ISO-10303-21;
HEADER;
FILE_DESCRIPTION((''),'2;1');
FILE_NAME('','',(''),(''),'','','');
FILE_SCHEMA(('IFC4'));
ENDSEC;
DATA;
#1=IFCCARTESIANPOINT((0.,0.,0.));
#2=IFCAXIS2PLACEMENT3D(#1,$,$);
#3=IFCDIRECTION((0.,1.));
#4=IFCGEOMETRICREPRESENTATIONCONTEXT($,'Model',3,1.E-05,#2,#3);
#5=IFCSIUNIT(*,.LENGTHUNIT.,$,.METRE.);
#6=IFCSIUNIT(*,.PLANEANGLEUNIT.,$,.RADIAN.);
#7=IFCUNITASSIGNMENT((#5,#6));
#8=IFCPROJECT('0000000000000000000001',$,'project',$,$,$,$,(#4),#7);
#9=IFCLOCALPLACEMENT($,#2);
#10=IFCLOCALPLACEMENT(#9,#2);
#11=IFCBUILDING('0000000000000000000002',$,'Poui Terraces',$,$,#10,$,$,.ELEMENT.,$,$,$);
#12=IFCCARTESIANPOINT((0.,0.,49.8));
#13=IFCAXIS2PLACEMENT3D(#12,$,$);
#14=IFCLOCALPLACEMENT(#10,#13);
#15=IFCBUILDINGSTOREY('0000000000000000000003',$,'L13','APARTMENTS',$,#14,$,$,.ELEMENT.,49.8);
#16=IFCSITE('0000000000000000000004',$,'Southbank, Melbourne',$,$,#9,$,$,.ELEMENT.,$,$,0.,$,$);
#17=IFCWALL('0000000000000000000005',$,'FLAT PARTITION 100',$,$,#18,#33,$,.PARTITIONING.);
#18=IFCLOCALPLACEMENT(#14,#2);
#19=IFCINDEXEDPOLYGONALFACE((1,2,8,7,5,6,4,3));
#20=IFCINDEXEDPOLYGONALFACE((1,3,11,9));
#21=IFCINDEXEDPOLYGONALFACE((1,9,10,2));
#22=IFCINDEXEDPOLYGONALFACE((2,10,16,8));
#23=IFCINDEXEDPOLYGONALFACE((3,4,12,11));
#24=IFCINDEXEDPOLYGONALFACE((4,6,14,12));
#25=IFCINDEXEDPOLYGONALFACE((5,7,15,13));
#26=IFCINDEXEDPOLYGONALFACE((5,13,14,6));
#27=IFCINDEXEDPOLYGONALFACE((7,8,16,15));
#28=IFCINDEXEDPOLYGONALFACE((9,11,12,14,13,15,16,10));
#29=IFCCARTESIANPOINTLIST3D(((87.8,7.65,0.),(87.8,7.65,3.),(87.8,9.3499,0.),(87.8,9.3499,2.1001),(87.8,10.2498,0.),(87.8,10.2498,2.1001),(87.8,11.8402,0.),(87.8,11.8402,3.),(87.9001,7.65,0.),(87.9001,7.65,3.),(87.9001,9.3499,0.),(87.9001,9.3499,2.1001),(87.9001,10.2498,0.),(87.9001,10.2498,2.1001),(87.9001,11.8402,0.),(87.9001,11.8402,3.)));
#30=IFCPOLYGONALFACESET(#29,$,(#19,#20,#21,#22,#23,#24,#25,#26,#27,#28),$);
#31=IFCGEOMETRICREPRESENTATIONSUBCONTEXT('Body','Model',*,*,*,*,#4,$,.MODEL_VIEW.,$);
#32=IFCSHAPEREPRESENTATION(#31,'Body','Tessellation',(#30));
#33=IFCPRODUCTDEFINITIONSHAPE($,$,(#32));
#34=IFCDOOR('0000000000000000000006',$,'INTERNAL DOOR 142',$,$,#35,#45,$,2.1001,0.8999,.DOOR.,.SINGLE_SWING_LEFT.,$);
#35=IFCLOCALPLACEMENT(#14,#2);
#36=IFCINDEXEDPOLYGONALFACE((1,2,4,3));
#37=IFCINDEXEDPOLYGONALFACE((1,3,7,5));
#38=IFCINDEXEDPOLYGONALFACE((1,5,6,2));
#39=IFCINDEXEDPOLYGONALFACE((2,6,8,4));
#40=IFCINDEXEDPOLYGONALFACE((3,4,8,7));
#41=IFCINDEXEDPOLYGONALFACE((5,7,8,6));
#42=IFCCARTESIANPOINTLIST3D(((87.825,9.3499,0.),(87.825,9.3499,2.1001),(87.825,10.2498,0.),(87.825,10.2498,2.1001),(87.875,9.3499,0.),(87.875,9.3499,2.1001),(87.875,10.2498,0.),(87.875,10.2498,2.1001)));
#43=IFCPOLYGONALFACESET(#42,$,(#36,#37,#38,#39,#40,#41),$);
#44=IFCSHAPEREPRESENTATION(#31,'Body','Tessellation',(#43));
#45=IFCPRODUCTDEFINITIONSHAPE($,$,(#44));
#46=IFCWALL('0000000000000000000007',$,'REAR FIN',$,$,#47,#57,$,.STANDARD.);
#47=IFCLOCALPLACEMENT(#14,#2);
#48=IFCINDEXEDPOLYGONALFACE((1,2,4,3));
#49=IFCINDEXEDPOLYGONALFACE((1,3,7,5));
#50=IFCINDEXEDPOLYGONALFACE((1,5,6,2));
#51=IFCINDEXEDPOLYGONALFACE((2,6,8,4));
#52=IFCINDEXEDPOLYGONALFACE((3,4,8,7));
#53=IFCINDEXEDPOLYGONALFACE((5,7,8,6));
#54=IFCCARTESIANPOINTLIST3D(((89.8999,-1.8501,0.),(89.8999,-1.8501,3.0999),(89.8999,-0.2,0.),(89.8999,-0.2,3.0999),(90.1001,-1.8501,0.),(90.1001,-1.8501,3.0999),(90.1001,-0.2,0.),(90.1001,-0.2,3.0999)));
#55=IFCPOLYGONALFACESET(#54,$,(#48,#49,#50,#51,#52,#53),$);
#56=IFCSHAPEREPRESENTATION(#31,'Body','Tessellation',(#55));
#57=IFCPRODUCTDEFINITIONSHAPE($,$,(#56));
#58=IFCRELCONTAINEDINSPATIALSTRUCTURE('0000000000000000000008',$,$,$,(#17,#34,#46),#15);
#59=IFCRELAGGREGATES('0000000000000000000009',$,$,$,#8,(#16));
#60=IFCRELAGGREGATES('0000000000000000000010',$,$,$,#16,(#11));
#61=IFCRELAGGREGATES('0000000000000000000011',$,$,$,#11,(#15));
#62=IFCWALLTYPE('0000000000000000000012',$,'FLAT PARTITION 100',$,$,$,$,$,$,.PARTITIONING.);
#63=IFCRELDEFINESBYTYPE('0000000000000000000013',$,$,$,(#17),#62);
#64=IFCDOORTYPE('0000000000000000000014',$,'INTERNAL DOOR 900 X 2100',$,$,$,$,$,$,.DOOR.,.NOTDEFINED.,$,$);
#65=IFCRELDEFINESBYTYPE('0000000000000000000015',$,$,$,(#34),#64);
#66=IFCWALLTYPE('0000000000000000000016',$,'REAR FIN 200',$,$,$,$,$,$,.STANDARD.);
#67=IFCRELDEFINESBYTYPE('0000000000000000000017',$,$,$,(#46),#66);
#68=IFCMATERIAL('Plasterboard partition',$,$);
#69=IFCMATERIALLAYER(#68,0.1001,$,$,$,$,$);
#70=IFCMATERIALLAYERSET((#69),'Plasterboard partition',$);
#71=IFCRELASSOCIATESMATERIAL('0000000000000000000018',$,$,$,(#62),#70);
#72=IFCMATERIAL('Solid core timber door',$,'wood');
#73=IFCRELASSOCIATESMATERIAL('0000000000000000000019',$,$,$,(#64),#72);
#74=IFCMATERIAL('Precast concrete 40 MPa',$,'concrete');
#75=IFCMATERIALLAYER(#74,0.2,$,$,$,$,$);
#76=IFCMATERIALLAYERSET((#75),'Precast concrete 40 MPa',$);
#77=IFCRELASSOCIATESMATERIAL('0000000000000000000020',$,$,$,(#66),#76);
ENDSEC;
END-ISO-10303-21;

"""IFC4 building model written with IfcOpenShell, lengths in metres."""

from ifc_helpers import new_model, si_unit, direction, frame, frame_2d, origin, place, context, subcontext, project, spatial, polyline, rectangle, outline, extrude, source, transform, mapped, material, layer, layer_set, type_object, element, fill, save


model = new_model("IFC4")

# Units and contexts
model_context = context("Model", 3, precision=1e-05, world=origin(), true_north=direction((0.0, 1.0)))
body_context = subcontext(model_context, "Body", "Model", "MODEL_VIEW")
ifc_project = project(units=[si_unit("LENGTHUNIT", "METRE"), si_unit("PLANEANGLEUNIT", "RADIAN")], contexts=[model_context])

# Site, building, storey
site_placement = place(None, origin())
site = spatial("IfcSite", under=ifc_project, at=site_placement, Name="Southbank, Melbourne", CompositionType="ELEMENT", RefElevation=0.0)
building_placement = place(site_placement, origin())
building = spatial("IfcBuilding", under=site, at=building_placement, Name="Poui Terraces", CompositionType="ELEMENT")
storey_placement = place(building_placement, frame((0.0, 0.0, 49.8)))
storey = spatial("IfcBuildingStorey", under=building, at=storey_placement, Name="L13", Description="APARTMENTS", CompositionType="ELEMENT", Elevation=49.8)

# Shared definitions
ifc_material_1 = material(Name="Precast concrete 40 MPa", Category="concrete")

# Shared definitions
ifc_material_2 = material(Name="Plasterboard partition")
ifc_layer_1 = layer(ifc_material_2, 0.1001)
ifc_layer_set_1 = layer_set([ifc_layer_1], Name="Plasterboard partition")
wall_type_1 = type_object("IfcWallType", Name="FLAT PARTITION 100", PredefinedType="PARTITIONING", material=ifc_layer_set_1)

# Wall, opening, door
ifc_material_3 = material(Name="Solid core timber door", Category="wood")
wall_1_placement = place(storey_placement, frame((87.8501, 7.6499, 0.0), z_axis=(0.0, 0.0, 1.0), x_axis=(0.0, 1.0, 0.0)))
wall_1 = element("IfcWall", 1, at=wall_1_placement, inside=storey, type_object=wall_type_1, Name="FLAT PARTITION 100", PredefinedType="PARTITIONING", context=body_context, shape_type="SweptSolid", body=[
    extrude(rectangle(XDim=4.1902, YDim=0.1001, at=frame_2d((2.0952, 0.0))), origin(), (0.0, 0.0, 1.0), 3.0),
])
opening_1_placement = place(wall_1_placement, frame((1.7, 0.0, 0.0)))
opening_1 = element("IfcOpeningElement", 2, at=opening_1_placement, cuts=wall_1, PredefinedType="OPENING", context=body_context, shape_type="SweptSolid", body=[
    extrude(rectangle(XDim=0.8999, YDim=2.1001, at=frame_2d((0.45, 1.05))), frame((0.0, 0.0601, 0.0), z_axis=(0.0, -1.0, 0.0), x_axis=(1.0, 0.0, 0.0)), (0.0, 0.0, 1.0), 0.1201),
])
door_type_1 = type_object("IfcDoorType", Name="INTERNAL DOOR 900 X 2100", OperationType="NOTDEFINED", PredefinedType="DOOR", material=ifc_material_3)
door_1_placement = place(opening_1_placement, frame((0.8999, 0.0, 0.0), z_axis=(0.0, 0.0, 1.0), x_axis=(-1.0, 0.0, 0.0)))
door_1 = element("IfcDoor", 3, at=door_1_placement, inside=storey, type_object=door_type_1, Name="INTERNAL DOOR 142", OperationType="SINGLE_SWING_LEFT", OverallHeight=2.1001, OverallWidth=0.8999, PredefinedType="DOOR", context=body_context, shape_type="SweptSolid", body=[
    extrude(rectangle(XDim=0.8999, YDim=2.1001, at=frame_2d((0.45, 1.05))), frame((0.0, 0.0249, 0.0), z_axis=(0.0, -1.0, 0.0), x_axis=(1.0, 0.0, 0.0)), (0.0, 0.0, 1.0), 0.05),
])
fill(opening_1, door_1)

# Wall
ifc_layer_2 = layer(ifc_material_1, 0.2)
ifc_layer_set_2 = layer_set([ifc_layer_2], Name="Precast concrete 40 MPa")
wall_type_2 = type_object("IfcWallType", Name="REAR FIN 200", PredefinedType="STANDARD", material=ifc_layer_set_2)
shared_shape_1 = source(origin(), body_context, "Body", "SweptSolid", [
    extrude(outline(polyline([(0.0, 0.0), (0.2002, 0.0), (0.2002, 1.6501), (0.0, 1.6501), (0.0, 0.0)])), origin(), (0.0, 0.0, 1.0), 3.0999),
])
wall_2_placement = place(storey_placement, frame((89.8999, -1.8501, 0.0)))
element("IfcWall", 4, at=wall_2_placement, inside=storey, type_object=wall_type_2, Name="REAR FIN", PredefinedType="STANDARD", context=body_context, shape_type="MappedRepresentation", body=[
    mapped(shared_shape_1, transform((0.0, 0.0, 0.0))),
])

save(model, "model.ifc")
